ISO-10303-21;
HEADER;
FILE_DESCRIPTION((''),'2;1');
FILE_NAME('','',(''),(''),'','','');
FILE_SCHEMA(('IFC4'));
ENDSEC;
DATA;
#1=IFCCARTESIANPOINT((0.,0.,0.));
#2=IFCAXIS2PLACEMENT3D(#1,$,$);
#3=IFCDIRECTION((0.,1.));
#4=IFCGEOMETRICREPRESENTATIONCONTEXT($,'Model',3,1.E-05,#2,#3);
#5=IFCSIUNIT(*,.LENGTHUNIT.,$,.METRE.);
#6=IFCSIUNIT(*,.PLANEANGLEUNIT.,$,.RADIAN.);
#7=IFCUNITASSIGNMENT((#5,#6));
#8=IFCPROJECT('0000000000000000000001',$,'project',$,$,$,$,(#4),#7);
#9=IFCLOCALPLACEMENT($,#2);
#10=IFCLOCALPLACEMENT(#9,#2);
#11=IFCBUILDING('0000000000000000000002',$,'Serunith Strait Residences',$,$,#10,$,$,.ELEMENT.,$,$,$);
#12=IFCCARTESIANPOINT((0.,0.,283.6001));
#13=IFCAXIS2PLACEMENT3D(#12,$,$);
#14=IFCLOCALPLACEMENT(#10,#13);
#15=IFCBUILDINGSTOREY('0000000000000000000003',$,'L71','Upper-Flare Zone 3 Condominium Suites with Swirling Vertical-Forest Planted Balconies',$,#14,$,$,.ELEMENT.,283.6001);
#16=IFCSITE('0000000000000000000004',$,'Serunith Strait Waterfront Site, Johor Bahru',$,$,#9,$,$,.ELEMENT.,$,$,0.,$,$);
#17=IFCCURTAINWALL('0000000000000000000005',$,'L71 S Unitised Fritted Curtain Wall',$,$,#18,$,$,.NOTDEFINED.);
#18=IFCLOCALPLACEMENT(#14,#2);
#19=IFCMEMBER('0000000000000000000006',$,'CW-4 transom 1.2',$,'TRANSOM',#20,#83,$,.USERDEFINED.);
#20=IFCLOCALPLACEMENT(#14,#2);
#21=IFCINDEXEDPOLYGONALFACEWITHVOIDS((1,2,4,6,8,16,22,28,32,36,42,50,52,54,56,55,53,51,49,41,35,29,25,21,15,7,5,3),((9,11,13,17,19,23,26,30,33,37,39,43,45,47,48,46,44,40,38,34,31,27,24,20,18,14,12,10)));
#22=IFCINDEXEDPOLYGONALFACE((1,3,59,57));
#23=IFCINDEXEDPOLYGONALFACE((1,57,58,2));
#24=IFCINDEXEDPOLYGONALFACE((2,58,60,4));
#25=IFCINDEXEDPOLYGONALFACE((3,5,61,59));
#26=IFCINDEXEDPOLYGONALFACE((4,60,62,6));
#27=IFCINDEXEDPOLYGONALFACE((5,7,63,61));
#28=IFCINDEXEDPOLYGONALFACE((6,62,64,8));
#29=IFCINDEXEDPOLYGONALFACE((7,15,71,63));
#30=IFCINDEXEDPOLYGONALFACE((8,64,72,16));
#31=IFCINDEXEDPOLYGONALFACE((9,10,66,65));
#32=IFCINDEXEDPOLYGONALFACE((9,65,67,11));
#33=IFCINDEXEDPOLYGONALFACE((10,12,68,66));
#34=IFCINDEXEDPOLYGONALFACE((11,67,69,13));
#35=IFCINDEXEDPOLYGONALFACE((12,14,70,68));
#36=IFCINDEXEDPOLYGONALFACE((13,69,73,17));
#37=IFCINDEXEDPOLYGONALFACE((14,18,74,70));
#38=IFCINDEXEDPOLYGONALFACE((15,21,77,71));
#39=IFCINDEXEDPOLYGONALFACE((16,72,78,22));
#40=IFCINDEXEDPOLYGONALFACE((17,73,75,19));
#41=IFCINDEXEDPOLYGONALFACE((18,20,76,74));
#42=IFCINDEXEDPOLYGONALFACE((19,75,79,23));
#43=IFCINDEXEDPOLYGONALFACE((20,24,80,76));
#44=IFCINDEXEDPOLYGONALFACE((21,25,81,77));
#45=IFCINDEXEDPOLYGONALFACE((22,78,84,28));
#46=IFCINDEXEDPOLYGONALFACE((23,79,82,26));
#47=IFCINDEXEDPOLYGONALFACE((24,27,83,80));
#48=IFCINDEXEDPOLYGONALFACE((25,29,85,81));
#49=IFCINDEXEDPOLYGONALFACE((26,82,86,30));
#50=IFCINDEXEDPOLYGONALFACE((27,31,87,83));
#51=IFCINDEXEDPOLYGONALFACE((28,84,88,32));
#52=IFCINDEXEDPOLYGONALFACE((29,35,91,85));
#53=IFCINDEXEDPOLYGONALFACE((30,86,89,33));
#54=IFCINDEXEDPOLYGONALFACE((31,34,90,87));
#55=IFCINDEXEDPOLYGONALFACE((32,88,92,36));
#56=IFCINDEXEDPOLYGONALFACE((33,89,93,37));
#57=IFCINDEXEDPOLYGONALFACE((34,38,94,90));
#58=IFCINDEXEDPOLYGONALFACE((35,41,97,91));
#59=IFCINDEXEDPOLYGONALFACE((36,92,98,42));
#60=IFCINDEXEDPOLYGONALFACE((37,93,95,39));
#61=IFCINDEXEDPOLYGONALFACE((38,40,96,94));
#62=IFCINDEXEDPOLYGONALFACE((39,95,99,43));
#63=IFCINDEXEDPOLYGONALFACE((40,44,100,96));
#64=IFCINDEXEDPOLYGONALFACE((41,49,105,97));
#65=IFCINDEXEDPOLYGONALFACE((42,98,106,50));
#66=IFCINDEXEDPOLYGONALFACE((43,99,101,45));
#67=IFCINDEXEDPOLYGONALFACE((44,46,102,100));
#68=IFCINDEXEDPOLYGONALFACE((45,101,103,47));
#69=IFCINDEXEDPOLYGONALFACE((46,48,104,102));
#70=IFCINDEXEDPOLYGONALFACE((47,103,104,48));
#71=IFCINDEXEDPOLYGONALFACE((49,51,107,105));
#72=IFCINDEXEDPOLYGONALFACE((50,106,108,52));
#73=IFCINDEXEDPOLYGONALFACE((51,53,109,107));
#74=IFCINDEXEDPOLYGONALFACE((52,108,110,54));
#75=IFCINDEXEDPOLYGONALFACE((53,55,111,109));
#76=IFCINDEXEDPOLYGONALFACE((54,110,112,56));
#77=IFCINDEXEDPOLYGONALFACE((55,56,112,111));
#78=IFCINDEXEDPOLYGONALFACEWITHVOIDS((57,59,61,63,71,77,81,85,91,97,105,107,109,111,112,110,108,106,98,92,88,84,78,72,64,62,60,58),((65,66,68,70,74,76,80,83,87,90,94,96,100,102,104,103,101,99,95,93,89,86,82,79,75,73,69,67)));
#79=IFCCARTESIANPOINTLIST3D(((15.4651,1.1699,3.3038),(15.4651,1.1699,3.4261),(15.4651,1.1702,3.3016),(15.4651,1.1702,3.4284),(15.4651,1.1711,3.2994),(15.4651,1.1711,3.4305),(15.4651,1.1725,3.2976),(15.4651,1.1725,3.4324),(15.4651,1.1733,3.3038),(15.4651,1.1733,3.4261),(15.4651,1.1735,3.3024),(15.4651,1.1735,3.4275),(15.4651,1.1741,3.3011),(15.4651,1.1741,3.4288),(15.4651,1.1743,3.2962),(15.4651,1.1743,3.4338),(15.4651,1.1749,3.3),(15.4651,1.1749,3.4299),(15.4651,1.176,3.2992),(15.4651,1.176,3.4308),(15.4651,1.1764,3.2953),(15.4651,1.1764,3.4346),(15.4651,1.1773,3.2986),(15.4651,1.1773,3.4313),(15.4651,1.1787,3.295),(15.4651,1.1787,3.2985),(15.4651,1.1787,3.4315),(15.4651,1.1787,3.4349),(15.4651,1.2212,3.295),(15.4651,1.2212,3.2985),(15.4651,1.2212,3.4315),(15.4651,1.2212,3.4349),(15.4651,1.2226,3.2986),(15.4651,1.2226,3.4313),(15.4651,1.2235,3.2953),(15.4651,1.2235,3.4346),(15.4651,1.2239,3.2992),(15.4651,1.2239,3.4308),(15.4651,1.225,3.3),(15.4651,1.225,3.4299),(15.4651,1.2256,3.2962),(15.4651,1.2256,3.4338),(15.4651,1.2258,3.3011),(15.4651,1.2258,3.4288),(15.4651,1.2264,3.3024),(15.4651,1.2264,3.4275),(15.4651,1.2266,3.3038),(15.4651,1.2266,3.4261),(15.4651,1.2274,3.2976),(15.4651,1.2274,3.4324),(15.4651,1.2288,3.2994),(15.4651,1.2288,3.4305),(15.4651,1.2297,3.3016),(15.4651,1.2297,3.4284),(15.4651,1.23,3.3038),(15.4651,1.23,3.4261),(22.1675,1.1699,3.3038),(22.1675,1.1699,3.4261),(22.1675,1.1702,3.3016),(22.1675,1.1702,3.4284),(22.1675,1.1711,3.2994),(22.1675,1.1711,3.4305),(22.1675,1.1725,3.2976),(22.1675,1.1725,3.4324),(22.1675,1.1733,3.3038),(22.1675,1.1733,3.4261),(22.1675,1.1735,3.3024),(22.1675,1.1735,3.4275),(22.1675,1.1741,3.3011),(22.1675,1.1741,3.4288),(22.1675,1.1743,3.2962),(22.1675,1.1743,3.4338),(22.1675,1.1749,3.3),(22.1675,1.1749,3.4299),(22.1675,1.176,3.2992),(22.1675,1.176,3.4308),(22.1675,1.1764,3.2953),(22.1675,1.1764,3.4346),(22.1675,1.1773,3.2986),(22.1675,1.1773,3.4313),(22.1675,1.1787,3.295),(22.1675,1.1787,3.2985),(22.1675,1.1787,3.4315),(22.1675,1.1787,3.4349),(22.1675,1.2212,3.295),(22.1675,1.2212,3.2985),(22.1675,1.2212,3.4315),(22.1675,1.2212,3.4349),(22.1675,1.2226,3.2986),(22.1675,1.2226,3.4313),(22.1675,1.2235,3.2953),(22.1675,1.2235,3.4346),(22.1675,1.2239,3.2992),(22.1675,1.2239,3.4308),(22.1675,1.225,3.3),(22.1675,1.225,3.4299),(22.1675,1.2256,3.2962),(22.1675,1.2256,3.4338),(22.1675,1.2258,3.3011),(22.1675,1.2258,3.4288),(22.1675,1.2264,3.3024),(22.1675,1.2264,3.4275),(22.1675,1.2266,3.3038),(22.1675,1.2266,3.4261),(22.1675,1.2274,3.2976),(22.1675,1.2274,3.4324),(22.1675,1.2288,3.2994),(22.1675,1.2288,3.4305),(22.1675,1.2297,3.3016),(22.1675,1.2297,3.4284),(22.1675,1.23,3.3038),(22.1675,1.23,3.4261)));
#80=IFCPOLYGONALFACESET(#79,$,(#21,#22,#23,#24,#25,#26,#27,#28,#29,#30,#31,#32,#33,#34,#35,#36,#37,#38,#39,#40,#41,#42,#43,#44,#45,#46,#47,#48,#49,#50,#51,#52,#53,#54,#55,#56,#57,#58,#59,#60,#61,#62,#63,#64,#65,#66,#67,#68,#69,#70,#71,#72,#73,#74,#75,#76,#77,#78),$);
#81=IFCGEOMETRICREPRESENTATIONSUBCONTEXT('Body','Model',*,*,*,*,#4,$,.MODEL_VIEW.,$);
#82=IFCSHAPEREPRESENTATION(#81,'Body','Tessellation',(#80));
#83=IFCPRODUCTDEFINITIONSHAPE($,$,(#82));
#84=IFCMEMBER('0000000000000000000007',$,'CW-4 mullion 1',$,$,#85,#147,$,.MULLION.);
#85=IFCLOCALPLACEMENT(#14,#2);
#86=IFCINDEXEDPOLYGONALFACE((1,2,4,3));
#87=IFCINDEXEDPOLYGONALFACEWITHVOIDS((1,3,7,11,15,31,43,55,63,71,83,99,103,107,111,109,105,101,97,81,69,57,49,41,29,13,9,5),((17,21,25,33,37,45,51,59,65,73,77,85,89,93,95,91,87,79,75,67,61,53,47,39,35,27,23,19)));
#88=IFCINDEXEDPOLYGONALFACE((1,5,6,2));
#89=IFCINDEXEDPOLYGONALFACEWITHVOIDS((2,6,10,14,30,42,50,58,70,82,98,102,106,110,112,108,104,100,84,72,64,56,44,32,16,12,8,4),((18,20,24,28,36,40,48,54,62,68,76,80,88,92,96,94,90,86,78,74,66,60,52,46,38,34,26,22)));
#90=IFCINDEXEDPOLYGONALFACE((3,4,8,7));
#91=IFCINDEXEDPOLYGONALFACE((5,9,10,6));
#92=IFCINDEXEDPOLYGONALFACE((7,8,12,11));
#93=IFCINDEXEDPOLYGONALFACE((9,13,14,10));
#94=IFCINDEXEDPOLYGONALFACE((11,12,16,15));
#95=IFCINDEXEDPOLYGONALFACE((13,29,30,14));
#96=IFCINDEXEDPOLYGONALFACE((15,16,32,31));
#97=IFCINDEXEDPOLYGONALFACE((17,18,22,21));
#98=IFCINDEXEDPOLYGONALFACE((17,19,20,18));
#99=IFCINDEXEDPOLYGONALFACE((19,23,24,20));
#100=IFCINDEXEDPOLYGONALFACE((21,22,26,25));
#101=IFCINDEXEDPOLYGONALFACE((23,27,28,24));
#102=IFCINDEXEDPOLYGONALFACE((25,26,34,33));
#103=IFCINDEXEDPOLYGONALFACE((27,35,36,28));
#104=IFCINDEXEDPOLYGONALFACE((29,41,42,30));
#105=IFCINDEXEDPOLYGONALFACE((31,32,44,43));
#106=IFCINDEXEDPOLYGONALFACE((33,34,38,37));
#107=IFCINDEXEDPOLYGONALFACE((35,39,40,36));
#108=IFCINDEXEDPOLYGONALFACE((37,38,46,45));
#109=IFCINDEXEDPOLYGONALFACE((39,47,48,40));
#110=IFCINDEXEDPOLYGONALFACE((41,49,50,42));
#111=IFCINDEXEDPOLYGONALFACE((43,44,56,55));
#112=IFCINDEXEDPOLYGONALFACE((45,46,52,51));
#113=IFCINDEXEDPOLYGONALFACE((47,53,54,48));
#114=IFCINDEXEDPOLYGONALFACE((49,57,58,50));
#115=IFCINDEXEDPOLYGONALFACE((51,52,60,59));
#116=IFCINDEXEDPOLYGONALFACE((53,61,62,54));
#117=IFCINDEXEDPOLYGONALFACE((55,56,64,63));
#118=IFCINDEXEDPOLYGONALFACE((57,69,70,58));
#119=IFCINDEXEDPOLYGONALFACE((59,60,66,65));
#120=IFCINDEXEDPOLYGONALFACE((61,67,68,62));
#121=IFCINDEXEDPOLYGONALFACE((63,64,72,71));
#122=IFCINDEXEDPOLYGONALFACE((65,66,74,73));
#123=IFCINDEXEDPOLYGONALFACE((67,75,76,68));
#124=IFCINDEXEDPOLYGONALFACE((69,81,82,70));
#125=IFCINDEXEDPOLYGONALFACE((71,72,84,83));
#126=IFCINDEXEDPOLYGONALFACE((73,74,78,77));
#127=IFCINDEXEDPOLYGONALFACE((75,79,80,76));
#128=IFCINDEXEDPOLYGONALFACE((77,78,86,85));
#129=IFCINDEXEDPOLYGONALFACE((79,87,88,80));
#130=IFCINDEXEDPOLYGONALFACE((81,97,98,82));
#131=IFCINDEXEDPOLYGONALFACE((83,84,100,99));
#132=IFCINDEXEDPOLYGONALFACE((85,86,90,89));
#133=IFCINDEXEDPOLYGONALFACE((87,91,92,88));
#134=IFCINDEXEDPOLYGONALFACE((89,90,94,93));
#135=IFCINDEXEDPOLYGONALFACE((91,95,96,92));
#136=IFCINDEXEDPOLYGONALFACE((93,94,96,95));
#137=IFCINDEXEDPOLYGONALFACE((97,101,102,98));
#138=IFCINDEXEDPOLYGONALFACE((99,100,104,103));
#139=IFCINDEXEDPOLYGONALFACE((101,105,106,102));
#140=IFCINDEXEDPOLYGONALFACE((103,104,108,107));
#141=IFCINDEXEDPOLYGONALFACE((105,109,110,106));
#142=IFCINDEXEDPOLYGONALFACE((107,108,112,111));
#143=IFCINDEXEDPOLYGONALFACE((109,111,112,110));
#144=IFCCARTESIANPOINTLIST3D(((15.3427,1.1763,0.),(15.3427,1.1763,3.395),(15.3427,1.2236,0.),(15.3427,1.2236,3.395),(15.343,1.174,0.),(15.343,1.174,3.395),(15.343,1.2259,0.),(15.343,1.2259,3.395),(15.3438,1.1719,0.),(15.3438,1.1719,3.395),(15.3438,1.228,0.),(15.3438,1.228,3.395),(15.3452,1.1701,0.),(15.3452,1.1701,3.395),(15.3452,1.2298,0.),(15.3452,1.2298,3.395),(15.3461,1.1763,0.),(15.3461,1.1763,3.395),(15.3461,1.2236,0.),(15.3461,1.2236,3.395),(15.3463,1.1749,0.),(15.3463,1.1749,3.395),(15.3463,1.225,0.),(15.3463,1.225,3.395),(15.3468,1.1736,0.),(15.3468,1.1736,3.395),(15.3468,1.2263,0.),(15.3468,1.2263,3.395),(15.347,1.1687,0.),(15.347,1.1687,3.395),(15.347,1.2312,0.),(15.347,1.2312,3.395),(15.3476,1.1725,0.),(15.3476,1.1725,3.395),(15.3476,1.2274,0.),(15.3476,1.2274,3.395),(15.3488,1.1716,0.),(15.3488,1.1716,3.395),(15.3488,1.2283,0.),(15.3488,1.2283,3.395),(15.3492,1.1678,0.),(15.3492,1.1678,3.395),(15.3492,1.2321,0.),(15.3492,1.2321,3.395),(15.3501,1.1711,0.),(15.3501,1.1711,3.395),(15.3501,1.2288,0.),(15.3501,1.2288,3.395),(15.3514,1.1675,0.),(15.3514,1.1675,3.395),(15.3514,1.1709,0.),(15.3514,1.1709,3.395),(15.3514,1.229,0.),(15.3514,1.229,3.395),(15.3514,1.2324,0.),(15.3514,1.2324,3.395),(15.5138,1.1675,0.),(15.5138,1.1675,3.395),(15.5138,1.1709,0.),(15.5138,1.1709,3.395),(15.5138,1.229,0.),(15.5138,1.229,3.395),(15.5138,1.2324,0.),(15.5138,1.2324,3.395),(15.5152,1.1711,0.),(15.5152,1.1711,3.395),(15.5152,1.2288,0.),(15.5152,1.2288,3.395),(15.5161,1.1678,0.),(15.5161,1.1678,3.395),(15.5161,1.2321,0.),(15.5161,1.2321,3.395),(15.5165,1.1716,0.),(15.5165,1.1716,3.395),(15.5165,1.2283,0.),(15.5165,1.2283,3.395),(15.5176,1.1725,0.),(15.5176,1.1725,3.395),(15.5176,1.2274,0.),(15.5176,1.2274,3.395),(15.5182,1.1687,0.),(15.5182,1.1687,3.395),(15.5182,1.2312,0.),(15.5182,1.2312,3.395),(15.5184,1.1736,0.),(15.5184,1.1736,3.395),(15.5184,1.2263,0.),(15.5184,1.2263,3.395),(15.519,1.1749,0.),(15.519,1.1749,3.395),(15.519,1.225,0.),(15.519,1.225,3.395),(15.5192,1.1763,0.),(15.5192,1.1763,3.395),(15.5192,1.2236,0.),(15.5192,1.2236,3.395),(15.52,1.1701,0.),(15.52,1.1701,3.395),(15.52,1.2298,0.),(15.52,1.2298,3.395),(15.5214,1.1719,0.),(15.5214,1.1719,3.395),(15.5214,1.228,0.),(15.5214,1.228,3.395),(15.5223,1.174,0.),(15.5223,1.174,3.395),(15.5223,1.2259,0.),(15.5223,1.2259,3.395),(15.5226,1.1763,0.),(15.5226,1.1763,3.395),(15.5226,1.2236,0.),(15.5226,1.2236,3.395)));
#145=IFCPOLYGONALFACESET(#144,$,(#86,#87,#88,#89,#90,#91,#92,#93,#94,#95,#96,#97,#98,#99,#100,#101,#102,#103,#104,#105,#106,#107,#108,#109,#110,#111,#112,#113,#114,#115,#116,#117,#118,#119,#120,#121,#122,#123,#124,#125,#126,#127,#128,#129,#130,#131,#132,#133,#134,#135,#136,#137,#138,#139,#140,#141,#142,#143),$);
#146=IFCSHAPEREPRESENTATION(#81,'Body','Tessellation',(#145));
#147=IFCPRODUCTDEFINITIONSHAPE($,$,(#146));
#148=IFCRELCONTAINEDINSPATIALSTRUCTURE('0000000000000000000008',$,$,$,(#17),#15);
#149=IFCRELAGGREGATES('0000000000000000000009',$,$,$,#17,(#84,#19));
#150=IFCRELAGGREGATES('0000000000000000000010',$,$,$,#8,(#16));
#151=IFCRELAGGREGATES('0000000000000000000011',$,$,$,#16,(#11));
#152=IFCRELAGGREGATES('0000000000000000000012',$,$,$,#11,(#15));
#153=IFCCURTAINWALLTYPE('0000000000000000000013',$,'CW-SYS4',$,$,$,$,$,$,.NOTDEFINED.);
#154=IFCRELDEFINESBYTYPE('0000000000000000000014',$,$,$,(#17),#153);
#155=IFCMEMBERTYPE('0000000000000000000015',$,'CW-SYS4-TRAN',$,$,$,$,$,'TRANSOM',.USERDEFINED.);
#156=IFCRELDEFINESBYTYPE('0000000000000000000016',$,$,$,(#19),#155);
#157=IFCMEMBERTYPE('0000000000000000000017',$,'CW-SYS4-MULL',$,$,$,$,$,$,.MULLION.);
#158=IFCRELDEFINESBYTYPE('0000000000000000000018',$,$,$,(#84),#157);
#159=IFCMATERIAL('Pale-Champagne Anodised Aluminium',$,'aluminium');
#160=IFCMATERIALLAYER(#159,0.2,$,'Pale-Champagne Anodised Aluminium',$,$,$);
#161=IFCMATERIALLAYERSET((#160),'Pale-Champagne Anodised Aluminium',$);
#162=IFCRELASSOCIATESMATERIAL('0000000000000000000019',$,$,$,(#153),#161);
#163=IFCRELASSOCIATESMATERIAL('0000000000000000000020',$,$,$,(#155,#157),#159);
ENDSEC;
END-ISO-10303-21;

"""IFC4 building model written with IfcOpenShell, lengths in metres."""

from ifc_helpers import new_model, si_unit, direction, frame, origin, origin_2d, place, context, subcontext, project, spatial, hollow_rectangle, extrude, source, transform, mapped, material, layer, layer_set, material_profile, profile_set, type_object, element, aggregate, save


model = new_model("IFC4")

# Units and contexts
model_context = context("Model", 3, precision=1e-05, world=origin(), true_north=direction((0.0, 1.0)))
body_context = subcontext(model_context, "Body", "Model", "MODEL_VIEW")
ifc_project = project(units=[si_unit("LENGTHUNIT", "METRE"), si_unit("PLANEANGLEUNIT", "RADIAN")], contexts=[model_context])

# Site, building, storey
site_placement = place(None, origin())
site = spatial("IfcSite", under=ifc_project, at=site_placement, Name="Serunith Strait Waterfront Site, Johor Bahru", CompositionType="ELEMENT", RefElevation=0.0)
building_placement = place(site_placement, origin())
building = spatial("IfcBuilding", under=site, at=building_placement, Name="Serunith Strait Residences", CompositionType="ELEMENT")
storey_placement = place(building_placement, frame((0.0, 0.0, 283.6001)))
storey = spatial("IfcBuildingStorey", under=building, at=storey_placement, Name="L71", Description="Upper-Flare Zone 3 Condominium Suites with Swirling Vertical-Forest Planted Balconies", CompositionType="ELEMENT", Elevation=283.6001)

# Curtain wall, members
ifc_material_1 = material(Name="Pale-Champagne Anodised Aluminium", Category="aluminium")
ifc_layer_1 = layer(ifc_material_1, 0.2, Name="Pale-Champagne Anodised Aluminium")
ifc_layer_set_1 = layer_set([ifc_layer_1], Name="Pale-Champagne Anodised Aluminium")
curtain_wall_type = type_object("IfcCurtainWallType", Name="CW-SYS4", PredefinedType="NOTDEFINED", material=ifc_layer_set_1)
curtain_wall_1_placement = place(storey_placement, origin())
curtain_wall_1 = element("IfcCurtainWall", 1, at=curtain_wall_1_placement, inside=storey, type_object=curtain_wall_type, Name="L71 S Unitised Fritted Curtain Wall", PredefinedType="NOTDEFINED")
ifc_material_profile_1 = material_profile(ifc_material_1, hollow_rectangle(XDim=0.0601, YDim=0.1399, WallThickness=0.0034, InnerFilletRadius=0.0054, OuterFilletRadius=0.0088, at=origin_2d()), Name="ALU 140x60x3.5")
ifc_profile_set_1 = profile_set([ifc_material_profile_1], Name="Pale-Champagne Anodised Aluminium")
member_type_1 = type_object("IfcMemberType", Name="CW-SYS4-TRAN", ElementType="TRANSOM", PredefinedType="USERDEFINED", material=ifc_profile_set_1)
shared_shape_1 = source(origin(), body_context, "Body", "SweptSolid", [
    extrude(hollow_rectangle(XDim=0.0601, YDim=0.1399, WallThickness=0.0034, InnerFilletRadius=0.0054, OuterFilletRadius=0.0088, at=origin_2d()), origin(), (0.0, 0.0, 1.0), 6.7024),
])
member_1_placement = place(storey_placement, frame((15.4651, 1.2, 3.365), z_axis=(1.0, 0.0, 0.0), x_axis=(0.0, 1.0, 0.0)))
member_1 = element("IfcMember", 2, at=member_1_placement, type_object=member_type_1, Name="CW-4 transom 1.2", ObjectType="TRANSOM", PredefinedType="USERDEFINED", context=body_context, shape_type="MappedRepresentation", body=[
    mapped(shared_shape_1, transform((0.0, 0.0, 0.0), scale=1.0)),
])
ifc_material_profile_2 = material_profile(ifc_material_1, hollow_rectangle(XDim=0.0649, YDim=0.1799, WallThickness=0.0034, InnerFilletRadius=0.0054, OuterFilletRadius=0.0088, at=origin_2d()), Name="ALU 180x65x3.5")
ifc_profile_set_2 = profile_set([ifc_material_profile_2], Name="Pale-Champagne Anodised Aluminium")
member_type_2 = type_object("IfcMemberType", Name="CW-SYS4-MULL", PredefinedType="MULLION", material=ifc_profile_set_2)
shared_shape_2 = source(origin(), body_context, "Body", "SweptSolid", [
    extrude(hollow_rectangle(XDim=0.0649, YDim=0.1799, WallThickness=0.0034, InnerFilletRadius=0.0054, OuterFilletRadius=0.0088, at=origin_2d()), origin(), (0.0, 0.0, 1.0), 3.395),
])
member_2_placement = place(storey_placement, frame((15.4326, 1.2, 0.0), z_axis=(0.0, 0.0, 1.0), x_axis=(0.0, 1.0, 0.0)))
member_2 = element("IfcMember", 3, at=member_2_placement, type_object=member_type_2, Name="CW-4 mullion 1", PredefinedType="MULLION", context=body_context, shape_type="MappedRepresentation", body=[
    mapped(shared_shape_2, transform((0.0, 0.0, 0.0), scale=1.0)),
])
aggregate(curtain_wall_1, [member_2, member_1])

save(model, "model.ifc")
